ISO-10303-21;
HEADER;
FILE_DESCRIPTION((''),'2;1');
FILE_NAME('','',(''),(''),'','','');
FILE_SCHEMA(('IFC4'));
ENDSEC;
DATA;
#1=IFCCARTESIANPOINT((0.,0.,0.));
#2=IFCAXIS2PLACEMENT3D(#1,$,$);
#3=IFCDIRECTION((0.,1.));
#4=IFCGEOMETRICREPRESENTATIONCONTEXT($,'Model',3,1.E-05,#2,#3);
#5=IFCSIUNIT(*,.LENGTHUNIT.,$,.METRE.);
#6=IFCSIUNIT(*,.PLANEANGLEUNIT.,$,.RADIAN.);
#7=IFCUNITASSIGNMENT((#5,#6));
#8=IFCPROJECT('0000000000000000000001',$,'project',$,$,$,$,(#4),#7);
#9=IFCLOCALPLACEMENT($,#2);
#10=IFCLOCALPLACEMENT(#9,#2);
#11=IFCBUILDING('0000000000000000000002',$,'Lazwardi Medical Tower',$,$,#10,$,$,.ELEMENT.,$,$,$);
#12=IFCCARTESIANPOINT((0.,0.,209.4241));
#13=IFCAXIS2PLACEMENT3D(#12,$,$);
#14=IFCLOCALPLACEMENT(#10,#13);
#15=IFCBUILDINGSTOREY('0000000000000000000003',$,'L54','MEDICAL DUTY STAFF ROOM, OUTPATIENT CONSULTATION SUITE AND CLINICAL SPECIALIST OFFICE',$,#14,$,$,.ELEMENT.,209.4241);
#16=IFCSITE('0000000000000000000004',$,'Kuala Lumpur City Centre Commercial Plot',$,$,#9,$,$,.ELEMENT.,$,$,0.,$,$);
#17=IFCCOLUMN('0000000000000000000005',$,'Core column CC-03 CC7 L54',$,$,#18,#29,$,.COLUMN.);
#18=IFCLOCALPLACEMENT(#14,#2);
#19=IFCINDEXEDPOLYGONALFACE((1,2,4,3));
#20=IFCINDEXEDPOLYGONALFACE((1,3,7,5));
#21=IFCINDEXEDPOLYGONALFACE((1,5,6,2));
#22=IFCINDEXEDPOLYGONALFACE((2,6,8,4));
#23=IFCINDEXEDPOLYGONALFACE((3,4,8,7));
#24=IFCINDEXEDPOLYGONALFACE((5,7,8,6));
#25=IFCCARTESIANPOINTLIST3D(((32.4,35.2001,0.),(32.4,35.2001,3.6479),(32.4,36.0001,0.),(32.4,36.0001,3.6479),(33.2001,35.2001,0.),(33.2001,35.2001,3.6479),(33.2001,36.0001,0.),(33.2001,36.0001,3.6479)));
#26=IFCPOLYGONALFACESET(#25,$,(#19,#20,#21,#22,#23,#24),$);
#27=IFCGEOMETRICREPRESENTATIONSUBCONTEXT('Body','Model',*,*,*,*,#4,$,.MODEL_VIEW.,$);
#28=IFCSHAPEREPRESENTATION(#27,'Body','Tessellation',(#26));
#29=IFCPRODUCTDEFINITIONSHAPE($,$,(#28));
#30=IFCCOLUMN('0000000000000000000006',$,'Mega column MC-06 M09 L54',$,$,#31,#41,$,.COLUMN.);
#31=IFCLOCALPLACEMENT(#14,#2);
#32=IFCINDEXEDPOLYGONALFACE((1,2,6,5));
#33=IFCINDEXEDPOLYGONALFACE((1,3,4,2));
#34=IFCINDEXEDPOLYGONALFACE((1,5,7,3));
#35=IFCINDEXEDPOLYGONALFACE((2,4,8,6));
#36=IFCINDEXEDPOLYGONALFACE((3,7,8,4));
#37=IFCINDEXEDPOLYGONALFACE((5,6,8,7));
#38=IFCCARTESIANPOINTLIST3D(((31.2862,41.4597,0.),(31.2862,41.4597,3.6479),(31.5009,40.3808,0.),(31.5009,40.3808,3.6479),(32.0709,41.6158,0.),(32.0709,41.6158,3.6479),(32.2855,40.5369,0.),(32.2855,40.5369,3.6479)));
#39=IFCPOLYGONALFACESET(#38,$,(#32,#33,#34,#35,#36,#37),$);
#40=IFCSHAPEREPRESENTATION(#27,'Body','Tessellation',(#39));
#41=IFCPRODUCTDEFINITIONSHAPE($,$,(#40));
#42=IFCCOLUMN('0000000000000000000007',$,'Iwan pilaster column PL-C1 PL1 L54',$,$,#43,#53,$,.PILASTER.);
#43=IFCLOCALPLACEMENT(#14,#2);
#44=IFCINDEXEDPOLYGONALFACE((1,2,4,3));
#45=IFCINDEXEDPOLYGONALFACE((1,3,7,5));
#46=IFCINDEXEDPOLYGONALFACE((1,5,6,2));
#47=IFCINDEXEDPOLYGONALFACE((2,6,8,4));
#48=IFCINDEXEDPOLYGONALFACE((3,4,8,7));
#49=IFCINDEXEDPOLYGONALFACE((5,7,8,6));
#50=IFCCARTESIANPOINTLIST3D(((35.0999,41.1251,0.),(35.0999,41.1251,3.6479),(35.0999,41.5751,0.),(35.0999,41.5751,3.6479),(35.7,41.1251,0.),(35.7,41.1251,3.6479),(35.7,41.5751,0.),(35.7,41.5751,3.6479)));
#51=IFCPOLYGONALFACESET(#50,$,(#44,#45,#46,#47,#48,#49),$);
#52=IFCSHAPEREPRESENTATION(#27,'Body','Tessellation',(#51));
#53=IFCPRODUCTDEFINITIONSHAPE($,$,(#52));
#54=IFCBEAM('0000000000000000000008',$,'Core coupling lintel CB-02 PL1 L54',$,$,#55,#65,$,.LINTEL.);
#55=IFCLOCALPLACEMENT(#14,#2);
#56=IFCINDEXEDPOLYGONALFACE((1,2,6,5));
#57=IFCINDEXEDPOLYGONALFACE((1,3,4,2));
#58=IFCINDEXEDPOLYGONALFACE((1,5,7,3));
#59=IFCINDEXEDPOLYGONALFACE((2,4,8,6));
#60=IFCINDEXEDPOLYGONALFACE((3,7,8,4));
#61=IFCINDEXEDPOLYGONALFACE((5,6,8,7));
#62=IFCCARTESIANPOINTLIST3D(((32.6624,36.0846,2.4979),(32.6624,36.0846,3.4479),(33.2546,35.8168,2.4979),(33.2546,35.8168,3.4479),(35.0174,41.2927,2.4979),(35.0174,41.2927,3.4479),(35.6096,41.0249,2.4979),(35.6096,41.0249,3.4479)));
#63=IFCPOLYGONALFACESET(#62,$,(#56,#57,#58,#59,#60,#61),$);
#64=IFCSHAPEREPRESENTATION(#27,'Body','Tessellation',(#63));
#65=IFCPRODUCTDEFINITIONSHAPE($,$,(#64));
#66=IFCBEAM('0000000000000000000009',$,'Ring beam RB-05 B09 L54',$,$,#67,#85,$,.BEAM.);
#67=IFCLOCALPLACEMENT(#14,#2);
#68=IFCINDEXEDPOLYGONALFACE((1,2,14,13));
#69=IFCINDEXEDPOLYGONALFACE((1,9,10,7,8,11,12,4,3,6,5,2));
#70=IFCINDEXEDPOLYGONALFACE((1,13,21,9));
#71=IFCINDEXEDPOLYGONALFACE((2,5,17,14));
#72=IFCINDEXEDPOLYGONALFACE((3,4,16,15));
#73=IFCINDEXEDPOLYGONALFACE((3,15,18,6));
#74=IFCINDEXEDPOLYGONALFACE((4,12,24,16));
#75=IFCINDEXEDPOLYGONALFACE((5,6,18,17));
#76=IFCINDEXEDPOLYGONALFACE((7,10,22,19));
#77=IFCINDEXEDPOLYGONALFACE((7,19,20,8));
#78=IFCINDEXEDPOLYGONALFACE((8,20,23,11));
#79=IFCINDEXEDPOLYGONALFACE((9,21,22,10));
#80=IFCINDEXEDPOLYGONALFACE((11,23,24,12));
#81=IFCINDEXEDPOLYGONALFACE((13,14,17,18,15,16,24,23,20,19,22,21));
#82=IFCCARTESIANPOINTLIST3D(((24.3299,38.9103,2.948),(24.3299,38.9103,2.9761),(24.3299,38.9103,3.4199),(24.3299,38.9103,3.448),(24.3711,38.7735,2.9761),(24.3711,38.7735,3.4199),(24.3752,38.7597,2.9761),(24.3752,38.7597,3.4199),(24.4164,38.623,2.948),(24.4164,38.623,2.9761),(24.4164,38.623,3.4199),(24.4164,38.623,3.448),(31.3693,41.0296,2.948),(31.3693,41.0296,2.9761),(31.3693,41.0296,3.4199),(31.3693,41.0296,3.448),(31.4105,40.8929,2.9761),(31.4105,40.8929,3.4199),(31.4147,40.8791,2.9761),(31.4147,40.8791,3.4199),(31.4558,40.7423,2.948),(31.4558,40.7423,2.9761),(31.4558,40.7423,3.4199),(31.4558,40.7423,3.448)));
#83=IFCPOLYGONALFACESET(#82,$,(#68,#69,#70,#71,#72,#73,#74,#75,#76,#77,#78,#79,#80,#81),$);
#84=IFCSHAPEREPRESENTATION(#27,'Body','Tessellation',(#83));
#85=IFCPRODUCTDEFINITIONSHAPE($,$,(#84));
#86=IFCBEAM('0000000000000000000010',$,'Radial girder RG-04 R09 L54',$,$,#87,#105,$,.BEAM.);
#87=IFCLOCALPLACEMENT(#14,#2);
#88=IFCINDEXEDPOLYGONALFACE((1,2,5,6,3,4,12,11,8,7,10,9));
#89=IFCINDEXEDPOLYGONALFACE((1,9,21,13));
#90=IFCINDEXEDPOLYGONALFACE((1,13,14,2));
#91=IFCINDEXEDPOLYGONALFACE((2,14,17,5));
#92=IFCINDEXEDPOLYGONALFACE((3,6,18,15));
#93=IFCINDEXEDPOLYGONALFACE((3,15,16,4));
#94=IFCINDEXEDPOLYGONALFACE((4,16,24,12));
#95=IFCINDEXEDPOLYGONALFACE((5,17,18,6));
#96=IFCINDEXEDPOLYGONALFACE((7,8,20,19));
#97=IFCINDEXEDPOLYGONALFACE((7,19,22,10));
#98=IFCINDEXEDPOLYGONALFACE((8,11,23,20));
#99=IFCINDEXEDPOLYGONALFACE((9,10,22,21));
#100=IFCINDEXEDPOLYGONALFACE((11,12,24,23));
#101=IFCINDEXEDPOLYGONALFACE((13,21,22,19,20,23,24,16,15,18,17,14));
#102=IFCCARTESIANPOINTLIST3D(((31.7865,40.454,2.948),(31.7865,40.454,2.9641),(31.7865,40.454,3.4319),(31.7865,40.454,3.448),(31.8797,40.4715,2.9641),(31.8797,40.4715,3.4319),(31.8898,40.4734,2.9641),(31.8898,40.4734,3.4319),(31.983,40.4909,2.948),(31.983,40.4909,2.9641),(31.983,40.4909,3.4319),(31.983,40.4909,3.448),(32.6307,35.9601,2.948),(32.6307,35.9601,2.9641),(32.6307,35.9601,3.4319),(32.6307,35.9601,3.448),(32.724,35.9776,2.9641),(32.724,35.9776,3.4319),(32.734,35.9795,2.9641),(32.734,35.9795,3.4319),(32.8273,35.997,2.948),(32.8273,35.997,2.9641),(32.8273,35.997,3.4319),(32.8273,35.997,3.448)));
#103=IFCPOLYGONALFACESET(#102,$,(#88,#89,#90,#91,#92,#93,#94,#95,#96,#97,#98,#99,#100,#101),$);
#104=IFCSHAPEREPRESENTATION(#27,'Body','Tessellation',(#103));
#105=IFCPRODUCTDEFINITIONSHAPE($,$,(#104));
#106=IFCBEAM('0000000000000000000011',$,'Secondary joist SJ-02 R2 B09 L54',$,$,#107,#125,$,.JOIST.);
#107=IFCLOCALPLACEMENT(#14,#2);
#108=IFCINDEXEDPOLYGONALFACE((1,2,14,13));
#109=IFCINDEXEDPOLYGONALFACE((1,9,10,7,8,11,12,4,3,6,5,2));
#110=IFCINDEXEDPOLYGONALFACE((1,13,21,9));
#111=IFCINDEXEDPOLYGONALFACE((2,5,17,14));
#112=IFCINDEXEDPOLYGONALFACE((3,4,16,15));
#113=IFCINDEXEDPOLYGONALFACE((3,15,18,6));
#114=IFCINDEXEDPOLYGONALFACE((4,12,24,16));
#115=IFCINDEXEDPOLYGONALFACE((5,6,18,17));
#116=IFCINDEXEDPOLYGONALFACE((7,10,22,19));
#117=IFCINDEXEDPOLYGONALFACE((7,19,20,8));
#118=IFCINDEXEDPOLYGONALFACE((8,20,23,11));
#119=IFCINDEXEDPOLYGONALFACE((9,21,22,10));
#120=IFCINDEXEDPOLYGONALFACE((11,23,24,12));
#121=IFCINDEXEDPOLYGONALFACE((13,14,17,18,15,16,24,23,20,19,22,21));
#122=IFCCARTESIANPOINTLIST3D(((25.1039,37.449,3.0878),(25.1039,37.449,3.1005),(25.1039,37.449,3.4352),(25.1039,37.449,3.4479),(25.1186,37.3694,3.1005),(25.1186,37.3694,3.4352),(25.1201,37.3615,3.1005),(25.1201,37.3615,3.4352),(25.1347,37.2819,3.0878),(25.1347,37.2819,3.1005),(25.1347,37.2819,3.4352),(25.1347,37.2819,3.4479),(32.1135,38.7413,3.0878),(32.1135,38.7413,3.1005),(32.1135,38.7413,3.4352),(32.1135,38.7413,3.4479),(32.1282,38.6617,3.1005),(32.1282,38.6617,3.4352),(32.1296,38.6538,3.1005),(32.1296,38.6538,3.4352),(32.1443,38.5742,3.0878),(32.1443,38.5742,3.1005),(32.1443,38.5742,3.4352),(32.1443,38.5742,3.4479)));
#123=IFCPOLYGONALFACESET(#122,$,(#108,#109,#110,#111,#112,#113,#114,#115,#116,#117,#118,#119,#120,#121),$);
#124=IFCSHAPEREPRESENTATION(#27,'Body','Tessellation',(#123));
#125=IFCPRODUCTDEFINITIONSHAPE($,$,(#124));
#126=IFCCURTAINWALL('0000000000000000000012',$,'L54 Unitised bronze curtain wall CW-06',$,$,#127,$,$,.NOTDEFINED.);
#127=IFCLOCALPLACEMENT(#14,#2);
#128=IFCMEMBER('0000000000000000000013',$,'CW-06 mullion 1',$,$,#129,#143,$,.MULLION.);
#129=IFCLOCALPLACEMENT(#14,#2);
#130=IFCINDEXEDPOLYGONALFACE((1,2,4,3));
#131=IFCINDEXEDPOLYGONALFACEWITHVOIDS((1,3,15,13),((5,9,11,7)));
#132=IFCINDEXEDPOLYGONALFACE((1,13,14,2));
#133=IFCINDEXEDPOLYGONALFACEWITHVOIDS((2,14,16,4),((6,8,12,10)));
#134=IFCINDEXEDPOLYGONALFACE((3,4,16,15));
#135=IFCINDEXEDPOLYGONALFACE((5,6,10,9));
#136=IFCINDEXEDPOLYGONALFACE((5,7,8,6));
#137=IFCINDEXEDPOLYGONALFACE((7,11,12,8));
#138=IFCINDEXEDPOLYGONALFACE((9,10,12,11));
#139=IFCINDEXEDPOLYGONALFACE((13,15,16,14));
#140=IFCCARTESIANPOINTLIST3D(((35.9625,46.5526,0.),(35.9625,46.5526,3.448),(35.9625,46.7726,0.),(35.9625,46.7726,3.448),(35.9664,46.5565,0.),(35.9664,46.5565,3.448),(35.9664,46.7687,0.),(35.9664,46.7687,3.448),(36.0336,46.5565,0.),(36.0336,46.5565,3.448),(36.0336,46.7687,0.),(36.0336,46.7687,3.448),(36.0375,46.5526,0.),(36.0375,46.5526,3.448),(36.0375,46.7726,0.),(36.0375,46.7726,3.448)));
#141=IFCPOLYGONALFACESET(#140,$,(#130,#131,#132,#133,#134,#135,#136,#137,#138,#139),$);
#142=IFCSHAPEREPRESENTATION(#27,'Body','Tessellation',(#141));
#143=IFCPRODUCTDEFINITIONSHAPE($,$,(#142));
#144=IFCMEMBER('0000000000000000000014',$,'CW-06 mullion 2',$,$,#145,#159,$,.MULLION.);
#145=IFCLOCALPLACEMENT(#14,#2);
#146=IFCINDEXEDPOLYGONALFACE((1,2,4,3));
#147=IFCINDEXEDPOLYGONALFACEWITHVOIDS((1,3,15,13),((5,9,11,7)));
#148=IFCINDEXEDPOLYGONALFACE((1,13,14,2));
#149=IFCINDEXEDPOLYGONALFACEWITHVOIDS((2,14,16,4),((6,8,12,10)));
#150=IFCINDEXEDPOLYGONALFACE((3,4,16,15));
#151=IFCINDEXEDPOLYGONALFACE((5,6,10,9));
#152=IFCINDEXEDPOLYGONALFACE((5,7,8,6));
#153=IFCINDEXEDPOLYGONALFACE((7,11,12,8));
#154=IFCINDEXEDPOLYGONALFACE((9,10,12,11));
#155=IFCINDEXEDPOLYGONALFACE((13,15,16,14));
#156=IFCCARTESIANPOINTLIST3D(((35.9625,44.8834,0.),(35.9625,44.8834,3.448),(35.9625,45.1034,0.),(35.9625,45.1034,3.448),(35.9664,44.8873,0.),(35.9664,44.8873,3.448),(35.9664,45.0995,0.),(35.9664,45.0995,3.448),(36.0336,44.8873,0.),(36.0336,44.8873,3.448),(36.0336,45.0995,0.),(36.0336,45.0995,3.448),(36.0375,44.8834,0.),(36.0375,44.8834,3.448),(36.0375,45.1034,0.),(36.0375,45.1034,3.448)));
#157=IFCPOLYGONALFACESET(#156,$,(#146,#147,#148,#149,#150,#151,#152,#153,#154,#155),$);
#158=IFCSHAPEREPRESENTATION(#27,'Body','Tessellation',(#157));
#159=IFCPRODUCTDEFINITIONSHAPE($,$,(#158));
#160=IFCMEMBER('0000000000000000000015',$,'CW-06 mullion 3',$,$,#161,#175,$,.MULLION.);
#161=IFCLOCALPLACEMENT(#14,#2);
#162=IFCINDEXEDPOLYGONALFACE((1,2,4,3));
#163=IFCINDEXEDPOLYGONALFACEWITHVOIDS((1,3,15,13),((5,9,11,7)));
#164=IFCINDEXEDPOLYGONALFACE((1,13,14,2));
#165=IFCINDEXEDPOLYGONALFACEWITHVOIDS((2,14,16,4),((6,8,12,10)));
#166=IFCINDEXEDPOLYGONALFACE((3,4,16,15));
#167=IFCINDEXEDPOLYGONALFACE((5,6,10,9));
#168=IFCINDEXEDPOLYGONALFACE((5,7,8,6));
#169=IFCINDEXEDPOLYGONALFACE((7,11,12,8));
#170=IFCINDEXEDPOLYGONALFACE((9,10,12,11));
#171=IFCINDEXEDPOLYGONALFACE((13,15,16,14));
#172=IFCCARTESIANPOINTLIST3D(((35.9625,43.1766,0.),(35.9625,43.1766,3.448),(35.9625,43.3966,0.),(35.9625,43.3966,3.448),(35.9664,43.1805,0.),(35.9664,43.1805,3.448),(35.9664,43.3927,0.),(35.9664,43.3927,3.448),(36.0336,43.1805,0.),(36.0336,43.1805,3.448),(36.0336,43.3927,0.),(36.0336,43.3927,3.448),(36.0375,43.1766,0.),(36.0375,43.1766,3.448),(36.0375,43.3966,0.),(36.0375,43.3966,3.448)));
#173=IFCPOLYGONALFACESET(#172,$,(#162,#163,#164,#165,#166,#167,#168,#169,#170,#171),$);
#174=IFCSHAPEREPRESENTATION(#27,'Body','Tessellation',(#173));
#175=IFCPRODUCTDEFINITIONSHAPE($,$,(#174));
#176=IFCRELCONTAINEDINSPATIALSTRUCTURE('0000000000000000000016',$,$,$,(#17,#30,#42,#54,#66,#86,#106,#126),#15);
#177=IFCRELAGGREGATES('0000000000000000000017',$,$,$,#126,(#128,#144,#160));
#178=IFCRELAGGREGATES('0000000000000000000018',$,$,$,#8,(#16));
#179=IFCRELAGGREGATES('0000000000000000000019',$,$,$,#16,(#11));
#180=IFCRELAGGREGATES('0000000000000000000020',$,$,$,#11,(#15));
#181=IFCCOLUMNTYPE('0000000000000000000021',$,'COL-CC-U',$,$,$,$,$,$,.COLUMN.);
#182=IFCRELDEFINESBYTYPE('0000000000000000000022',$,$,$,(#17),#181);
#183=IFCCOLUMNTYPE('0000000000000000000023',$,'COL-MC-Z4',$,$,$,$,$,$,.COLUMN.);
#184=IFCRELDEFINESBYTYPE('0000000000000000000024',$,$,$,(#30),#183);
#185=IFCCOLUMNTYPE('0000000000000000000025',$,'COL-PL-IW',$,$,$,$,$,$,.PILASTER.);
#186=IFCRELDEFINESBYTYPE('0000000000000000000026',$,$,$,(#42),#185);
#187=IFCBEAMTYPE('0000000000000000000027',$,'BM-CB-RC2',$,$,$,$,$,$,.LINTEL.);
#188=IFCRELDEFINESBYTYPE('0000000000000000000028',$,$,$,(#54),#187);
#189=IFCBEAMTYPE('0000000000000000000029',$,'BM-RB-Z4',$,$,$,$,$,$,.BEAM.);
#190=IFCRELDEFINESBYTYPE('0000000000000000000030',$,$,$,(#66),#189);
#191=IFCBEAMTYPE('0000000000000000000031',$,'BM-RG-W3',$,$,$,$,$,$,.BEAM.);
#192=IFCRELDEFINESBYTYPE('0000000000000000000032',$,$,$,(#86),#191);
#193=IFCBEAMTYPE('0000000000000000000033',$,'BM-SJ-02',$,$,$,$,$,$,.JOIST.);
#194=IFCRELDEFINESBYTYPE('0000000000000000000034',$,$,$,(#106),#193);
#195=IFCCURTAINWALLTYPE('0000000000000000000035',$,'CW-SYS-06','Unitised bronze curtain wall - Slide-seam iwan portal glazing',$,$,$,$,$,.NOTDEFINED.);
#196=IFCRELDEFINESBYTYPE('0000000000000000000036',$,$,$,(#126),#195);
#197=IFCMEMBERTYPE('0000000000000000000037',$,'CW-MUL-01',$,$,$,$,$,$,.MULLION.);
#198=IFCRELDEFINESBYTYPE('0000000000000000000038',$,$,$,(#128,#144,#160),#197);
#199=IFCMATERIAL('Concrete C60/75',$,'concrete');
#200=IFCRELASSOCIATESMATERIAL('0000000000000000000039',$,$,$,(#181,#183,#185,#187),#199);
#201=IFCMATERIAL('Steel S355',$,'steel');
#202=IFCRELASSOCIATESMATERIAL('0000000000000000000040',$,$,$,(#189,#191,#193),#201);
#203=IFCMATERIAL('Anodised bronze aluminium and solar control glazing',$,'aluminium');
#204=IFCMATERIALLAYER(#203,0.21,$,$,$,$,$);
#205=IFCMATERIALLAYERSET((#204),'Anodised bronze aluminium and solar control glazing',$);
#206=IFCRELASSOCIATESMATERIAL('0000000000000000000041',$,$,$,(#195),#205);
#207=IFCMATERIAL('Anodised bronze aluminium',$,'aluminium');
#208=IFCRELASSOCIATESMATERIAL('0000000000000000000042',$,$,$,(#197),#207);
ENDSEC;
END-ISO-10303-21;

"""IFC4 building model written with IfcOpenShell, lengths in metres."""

from ifc_helpers import new_model, si_unit, direction, frame, origin, origin_2d, place, context, subcontext, project, spatial, rectangle, hollow_rectangle, i_section, extrude, material, layer, layer_set, material_profile, profile_set, type_object, element, aggregate, save


model = new_model("IFC4")

# Units and contexts
model_context = context("Model", 3, precision=1e-05, world=origin(), true_north=direction((0.0, 1.0)))
body_context = subcontext(model_context, "Body", "Model", "MODEL_VIEW")
ifc_project = project(units=[si_unit("LENGTHUNIT", "METRE"), si_unit("PLANEANGLEUNIT", "RADIAN")], contexts=[model_context])

# Site, building, storey
site_placement = place(None, origin())
site = spatial("IfcSite", under=ifc_project, at=site_placement, Name="Kuala Lumpur City Centre Commercial Plot", CompositionType="ELEMENT", RefElevation=0.0)
building_placement = place(site_placement, origin())
building = spatial("IfcBuilding", under=site, at=building_placement, Name="Lazwardi Medical Tower", CompositionType="ELEMENT")
storey_placement = place(building_placement, frame((0.0, 0.0, 209.4241)))
storey = spatial("IfcBuildingStorey", under=building, at=storey_placement, Name="L54", Description="MEDICAL DUTY STAFF ROOM, OUTPATIENT CONSULTATION SUITE AND CLINICAL SPECIALIST OFFICE", CompositionType="ELEMENT", Elevation=209.4241)

# Columns
ifc_material_1 = material(Name="Concrete C60/75", Category="concrete")
ifc_material_profile_1 = material_profile(ifc_material_1, rectangle(XDim=0.8, YDim=0.8, at=origin_2d()), Name="RC 800x800")
ifc_profile_set_1 = profile_set([ifc_material_profile_1], Name="Concrete C60/75")
column_type_1 = type_object("IfcColumnType", Name="COL-CC-U", PredefinedType="COLUMN", material=ifc_profile_set_1)
column_1_placement = place(storey_placement, frame((32.8, 35.6001, 0.0), z_axis=(0.0, 0.0, 1.0), x_axis=(1.0, 0.0, 0.0)))
element("IfcColumn", 1, at=column_1_placement, inside=storey, type_object=column_type_1, Name="Core column CC-03 CC7 L54", PredefinedType="COLUMN", context=body_context, shape_type="SweptSolid", body=[
    extrude(rectangle(XDim=0.8, YDim=0.8, at=origin_2d()), origin(), (0.0, 0.0, 1.0), 3.6479),
])
ifc_material_profile_2 = material_profile(ifc_material_1, rectangle(XDim=1.1001, YDim=0.8, at=origin_2d()), Name="CFT-RECT 1100x800")
ifc_profile_set_2 = profile_set([ifc_material_profile_2], Name="Concrete C60/75")
column_type_2 = type_object("IfcColumnType", Name="COL-MC-Z4", PredefinedType="COLUMN", material=ifc_profile_set_2)
column_2_placement = place(storey_placement, frame((31.7859, 40.9983, 0.0), z_axis=(0.0, 0.0, 1.0), x_axis=(-0.19509, 0.980785, 0.0)))
element("IfcColumn", 2, at=column_2_placement, inside=storey, type_object=column_type_2, Name="Mega column MC-06 M09 L54", PredefinedType="COLUMN", context=body_context, shape_type="SweptSolid", body=[
    extrude(rectangle(XDim=1.1001, YDim=0.8, at=origin_2d()), origin(), (0.0, 0.0, 1.0), 3.6479),
])
ifc_material_profile_3 = material_profile(ifc_material_1, rectangle(XDim=0.6001, YDim=0.45, at=origin_2d()), Name="RC 600x450")
ifc_profile_set_3 = profile_set([ifc_material_profile_3], Name="Concrete C60/75")
column_type_3 = type_object("IfcColumnType", Name="COL-PL-IW", PredefinedType="PILASTER", material=ifc_profile_set_3)
column_3_placement = place(storey_placement, frame((35.3999, 41.3501, 0.0), z_axis=(0.0, 0.0, 1.0), x_axis=(1.0, 0.0, 0.0)))
element("IfcColumn", 3, at=column_3_placement, inside=storey, type_object=column_type_3, Name="Iwan pilaster column PL-C1 PL1 L54", PredefinedType="PILASTER", context=body_context, shape_type="SweptSolid", body=[
    extrude(rectangle(XDim=0.6001, YDim=0.45, at=origin_2d()), origin(), (0.0, 0.0, 1.0), 3.6479),
])

# Beams
ifc_material_profile_4 = material_profile(ifc_material_1, rectangle(XDim=0.6499, YDim=0.95, at=origin_2d()), Name="RC 650x950")
ifc_profile_set_4 = profile_set([ifc_material_profile_4], Name="Concrete C60/75")
beam_type_1 = type_object("IfcBeamType", Name="BM-CB-RC2", PredefinedType="LINTEL", material=ifc_profile_set_4)
beam_1_placement = place(storey_placement, frame((32.9585, 35.9507, 2.9729), z_axis=(0.412019, 0.911175, 0.0), x_axis=(-0.911175, 0.412019, 0.0)))
element("IfcBeam", 4, at=beam_1_placement, inside=storey, type_object=beam_type_1, Name="Core coupling lintel CB-02 PL1 L54", PredefinedType="LINTEL", context=body_context, shape_type="SweptSolid", body=[
    extrude(rectangle(XDim=0.6499, YDim=0.95, at=origin_2d()), origin(), (0.0, 0.0, 1.0), 5.7158),
])
ifc_material_2 = material(Name="Steel S355", Category="steel")
ifc_material_profile_5 = material_profile(ifc_material_2, i_section(OverallWidth=0.3, OverallDepth=0.5, WebThickness=0.0144, FlangeThickness=0.0281, at=origin_2d()), Name="HEB 500")
ifc_profile_set_5 = profile_set([ifc_material_profile_5], Name="Steel S355")
beam_type_2 = type_object("IfcBeamType", Name="BM-RB-Z4", PredefinedType="BEAM", material=ifc_profile_set_5)
beam_2_placement = place(storey_placement, frame((31.4126, 40.886, 3.198), z_axis=(-0.957544, -0.288286, 0.0), x_axis=(0.288286, -0.957544, 0.0)))
element("IfcBeam", 5, at=beam_2_placement, inside=storey, type_object=beam_type_2, Name="Ring beam RB-05 B09 L54", PredefinedType="BEAM", context=body_context, shape_type="SweptSolid", body=[
    extrude(i_section(OverallWidth=0.3, OverallDepth=0.5, WebThickness=0.0144, FlangeThickness=0.0281, at=origin_2d()), origin(), (0.0, 0.0, 1.0), 7.3516),
])
ifc_material_profile_6 = material_profile(ifc_material_2, i_section(OverallWidth=0.2, OverallDepth=0.5, WebThickness=0.0103, FlangeThickness=0.0161, at=origin_2d()), Name="IPE 500")
ifc_profile_set_6 = profile_set([ifc_material_profile_6], Name="Steel S355")
beam_type_3 = type_object("IfcBeamType", Name="BM-RG-W3", PredefinedType="BEAM", material=ifc_profile_set_6)
beam_3_placement = place(storey_placement, frame((31.8848, 40.4724, 3.198), z_axis=(0.184633, -0.982807, 0.0), x_axis=(0.982807, 0.184633, 0.0)))
element("IfcBeam", 6, at=beam_3_placement, inside=storey, type_object=beam_type_3, Name="Radial girder RG-04 R09 L54", PredefinedType="BEAM", context=body_context, shape_type="SweptSolid", body=[
    extrude(i_section(OverallWidth=0.2, OverallDepth=0.5, WebThickness=0.0103, FlangeThickness=0.0161, at=origin_2d()), origin(), (0.0, 0.0, 1.0), 4.5725),
])
ifc_material_profile_7 = material_profile(ifc_material_2, i_section(OverallWidth=0.1699, OverallDepth=0.3601, WebThickness=0.0081, FlangeThickness=0.0127, at=origin_2d()), Name="IPE 360")
ifc_profile_set_7 = profile_set([ifc_material_profile_7], Name="Steel S355")
beam_type_4 = type_object("IfcBeamType", Name="BM-SJ-02", PredefinedType="JOIST", material=ifc_profile_set_7)
beam_4_placement = place(storey_placement, frame((32.1289, 38.6577, 3.2678), z_axis=(-0.983428, -0.181299, 0.0), x_axis=(0.181299, -0.983428, 0.0)))
element("IfcBeam", 7, at=beam_4_placement, inside=storey, type_object=beam_type_4, Name="Secondary joist SJ-02 R2 B09 L54", PredefinedType="JOIST", context=body_context, shape_type="SweptSolid", body=[
    extrude(i_section(OverallWidth=0.1699, OverallDepth=0.3601, WebThickness=0.0081, FlangeThickness=0.0127, at=origin_2d()), origin(), (0.0, 0.0, 1.0), 7.1277),
])

# Curtain wall, members
ifc_material_3 = material(Name="Anodised bronze aluminium and solar control glazing", Category="aluminium")
ifc_layer_1 = layer(ifc_material_3, 0.21)
ifc_layer_set_1 = layer_set([ifc_layer_1], Name="Anodised bronze aluminium and solar control glazing")
curtain_wall_type_1 = type_object("IfcCurtainWallType", Name="CW-SYS-06", Description="Unitised bronze curtain wall - Slide-seam iwan portal glazing", PredefinedType="NOTDEFINED", material=ifc_layer_set_1)
curtain_wall_1_placement = place(storey_placement, origin())
curtain_wall_1 = element("IfcCurtainWall", 8, at=curtain_wall_1_placement, inside=storey, type_object=curtain_wall_type_1, Name="L54 Unitised bronze curtain wall CW-06", PredefinedType="NOTDEFINED")
ifc_material_4 = material(Name="Anodised bronze aluminium", Category="aluminium")
ifc_material_profile_8 = material_profile(ifc_material_4, hollow_rectangle(XDim=0.075, YDim=0.22, WallThickness=0.0039, at=origin_2d()), Name="ALU-MULLION 220x75x4")
ifc_profile_set_8 = profile_set([ifc_material_profile_8], Name="Anodised bronze aluminium")
member_type_1 = type_object("IfcMemberType", Name="CW-MUL-01", PredefinedType="MULLION", material=ifc_profile_set_8)
member_1_placement = place(storey_placement, frame((36.0, 46.6626, 0.0), z_axis=(0.0, 0.0, 1.0), x_axis=(1.0, 0.0, 0.0)))
member_1 = element("IfcMember", 9, at=member_1_placement, type_object=member_type_1, Name="CW-06 mullion 1", PredefinedType="MULLION", context=body_context, shape_type="SweptSolid", body=[
    extrude(hollow_rectangle(XDim=0.075, YDim=0.22, WallThickness=0.0039, at=origin_2d()), origin(), (0.0, 0.0, 1.0), 3.448),
])
member_2_placement = place(storey_placement, frame((36.0, 44.9934, 0.0), z_axis=(0.0, 0.0, 1.0), x_axis=(1.0, 0.0, 0.0)))
member_2 = element("IfcMember", 10, at=member_2_placement, type_object=member_type_1, Name="CW-06 mullion 2", PredefinedType="MULLION", context=body_context, shape_type="SweptSolid", body=[
    extrude(hollow_rectangle(XDim=0.075, YDim=0.22, WallThickness=0.0039, at=origin_2d()), origin(), (0.0, 0.0, 1.0), 3.448),
])
member_3_placement = place(storey_placement, frame((36.0, 43.2866, 0.0), z_axis=(0.0, 0.0, 1.0), x_axis=(1.0, 0.0, 0.0)))
member_3 = element("IfcMember", 11, at=member_3_placement, type_object=member_type_1, Name="CW-06 mullion 3", PredefinedType="MULLION", context=body_context, shape_type="SweptSolid", body=[
    extrude(hollow_rectangle(XDim=0.075, YDim=0.22, WallThickness=0.0039, at=origin_2d()), origin(), (0.0, 0.0, 1.0), 3.448),
])

aggregate(curtain_wall_1, [member_1, member_2, member_3])

save(model, "model.ifc")
